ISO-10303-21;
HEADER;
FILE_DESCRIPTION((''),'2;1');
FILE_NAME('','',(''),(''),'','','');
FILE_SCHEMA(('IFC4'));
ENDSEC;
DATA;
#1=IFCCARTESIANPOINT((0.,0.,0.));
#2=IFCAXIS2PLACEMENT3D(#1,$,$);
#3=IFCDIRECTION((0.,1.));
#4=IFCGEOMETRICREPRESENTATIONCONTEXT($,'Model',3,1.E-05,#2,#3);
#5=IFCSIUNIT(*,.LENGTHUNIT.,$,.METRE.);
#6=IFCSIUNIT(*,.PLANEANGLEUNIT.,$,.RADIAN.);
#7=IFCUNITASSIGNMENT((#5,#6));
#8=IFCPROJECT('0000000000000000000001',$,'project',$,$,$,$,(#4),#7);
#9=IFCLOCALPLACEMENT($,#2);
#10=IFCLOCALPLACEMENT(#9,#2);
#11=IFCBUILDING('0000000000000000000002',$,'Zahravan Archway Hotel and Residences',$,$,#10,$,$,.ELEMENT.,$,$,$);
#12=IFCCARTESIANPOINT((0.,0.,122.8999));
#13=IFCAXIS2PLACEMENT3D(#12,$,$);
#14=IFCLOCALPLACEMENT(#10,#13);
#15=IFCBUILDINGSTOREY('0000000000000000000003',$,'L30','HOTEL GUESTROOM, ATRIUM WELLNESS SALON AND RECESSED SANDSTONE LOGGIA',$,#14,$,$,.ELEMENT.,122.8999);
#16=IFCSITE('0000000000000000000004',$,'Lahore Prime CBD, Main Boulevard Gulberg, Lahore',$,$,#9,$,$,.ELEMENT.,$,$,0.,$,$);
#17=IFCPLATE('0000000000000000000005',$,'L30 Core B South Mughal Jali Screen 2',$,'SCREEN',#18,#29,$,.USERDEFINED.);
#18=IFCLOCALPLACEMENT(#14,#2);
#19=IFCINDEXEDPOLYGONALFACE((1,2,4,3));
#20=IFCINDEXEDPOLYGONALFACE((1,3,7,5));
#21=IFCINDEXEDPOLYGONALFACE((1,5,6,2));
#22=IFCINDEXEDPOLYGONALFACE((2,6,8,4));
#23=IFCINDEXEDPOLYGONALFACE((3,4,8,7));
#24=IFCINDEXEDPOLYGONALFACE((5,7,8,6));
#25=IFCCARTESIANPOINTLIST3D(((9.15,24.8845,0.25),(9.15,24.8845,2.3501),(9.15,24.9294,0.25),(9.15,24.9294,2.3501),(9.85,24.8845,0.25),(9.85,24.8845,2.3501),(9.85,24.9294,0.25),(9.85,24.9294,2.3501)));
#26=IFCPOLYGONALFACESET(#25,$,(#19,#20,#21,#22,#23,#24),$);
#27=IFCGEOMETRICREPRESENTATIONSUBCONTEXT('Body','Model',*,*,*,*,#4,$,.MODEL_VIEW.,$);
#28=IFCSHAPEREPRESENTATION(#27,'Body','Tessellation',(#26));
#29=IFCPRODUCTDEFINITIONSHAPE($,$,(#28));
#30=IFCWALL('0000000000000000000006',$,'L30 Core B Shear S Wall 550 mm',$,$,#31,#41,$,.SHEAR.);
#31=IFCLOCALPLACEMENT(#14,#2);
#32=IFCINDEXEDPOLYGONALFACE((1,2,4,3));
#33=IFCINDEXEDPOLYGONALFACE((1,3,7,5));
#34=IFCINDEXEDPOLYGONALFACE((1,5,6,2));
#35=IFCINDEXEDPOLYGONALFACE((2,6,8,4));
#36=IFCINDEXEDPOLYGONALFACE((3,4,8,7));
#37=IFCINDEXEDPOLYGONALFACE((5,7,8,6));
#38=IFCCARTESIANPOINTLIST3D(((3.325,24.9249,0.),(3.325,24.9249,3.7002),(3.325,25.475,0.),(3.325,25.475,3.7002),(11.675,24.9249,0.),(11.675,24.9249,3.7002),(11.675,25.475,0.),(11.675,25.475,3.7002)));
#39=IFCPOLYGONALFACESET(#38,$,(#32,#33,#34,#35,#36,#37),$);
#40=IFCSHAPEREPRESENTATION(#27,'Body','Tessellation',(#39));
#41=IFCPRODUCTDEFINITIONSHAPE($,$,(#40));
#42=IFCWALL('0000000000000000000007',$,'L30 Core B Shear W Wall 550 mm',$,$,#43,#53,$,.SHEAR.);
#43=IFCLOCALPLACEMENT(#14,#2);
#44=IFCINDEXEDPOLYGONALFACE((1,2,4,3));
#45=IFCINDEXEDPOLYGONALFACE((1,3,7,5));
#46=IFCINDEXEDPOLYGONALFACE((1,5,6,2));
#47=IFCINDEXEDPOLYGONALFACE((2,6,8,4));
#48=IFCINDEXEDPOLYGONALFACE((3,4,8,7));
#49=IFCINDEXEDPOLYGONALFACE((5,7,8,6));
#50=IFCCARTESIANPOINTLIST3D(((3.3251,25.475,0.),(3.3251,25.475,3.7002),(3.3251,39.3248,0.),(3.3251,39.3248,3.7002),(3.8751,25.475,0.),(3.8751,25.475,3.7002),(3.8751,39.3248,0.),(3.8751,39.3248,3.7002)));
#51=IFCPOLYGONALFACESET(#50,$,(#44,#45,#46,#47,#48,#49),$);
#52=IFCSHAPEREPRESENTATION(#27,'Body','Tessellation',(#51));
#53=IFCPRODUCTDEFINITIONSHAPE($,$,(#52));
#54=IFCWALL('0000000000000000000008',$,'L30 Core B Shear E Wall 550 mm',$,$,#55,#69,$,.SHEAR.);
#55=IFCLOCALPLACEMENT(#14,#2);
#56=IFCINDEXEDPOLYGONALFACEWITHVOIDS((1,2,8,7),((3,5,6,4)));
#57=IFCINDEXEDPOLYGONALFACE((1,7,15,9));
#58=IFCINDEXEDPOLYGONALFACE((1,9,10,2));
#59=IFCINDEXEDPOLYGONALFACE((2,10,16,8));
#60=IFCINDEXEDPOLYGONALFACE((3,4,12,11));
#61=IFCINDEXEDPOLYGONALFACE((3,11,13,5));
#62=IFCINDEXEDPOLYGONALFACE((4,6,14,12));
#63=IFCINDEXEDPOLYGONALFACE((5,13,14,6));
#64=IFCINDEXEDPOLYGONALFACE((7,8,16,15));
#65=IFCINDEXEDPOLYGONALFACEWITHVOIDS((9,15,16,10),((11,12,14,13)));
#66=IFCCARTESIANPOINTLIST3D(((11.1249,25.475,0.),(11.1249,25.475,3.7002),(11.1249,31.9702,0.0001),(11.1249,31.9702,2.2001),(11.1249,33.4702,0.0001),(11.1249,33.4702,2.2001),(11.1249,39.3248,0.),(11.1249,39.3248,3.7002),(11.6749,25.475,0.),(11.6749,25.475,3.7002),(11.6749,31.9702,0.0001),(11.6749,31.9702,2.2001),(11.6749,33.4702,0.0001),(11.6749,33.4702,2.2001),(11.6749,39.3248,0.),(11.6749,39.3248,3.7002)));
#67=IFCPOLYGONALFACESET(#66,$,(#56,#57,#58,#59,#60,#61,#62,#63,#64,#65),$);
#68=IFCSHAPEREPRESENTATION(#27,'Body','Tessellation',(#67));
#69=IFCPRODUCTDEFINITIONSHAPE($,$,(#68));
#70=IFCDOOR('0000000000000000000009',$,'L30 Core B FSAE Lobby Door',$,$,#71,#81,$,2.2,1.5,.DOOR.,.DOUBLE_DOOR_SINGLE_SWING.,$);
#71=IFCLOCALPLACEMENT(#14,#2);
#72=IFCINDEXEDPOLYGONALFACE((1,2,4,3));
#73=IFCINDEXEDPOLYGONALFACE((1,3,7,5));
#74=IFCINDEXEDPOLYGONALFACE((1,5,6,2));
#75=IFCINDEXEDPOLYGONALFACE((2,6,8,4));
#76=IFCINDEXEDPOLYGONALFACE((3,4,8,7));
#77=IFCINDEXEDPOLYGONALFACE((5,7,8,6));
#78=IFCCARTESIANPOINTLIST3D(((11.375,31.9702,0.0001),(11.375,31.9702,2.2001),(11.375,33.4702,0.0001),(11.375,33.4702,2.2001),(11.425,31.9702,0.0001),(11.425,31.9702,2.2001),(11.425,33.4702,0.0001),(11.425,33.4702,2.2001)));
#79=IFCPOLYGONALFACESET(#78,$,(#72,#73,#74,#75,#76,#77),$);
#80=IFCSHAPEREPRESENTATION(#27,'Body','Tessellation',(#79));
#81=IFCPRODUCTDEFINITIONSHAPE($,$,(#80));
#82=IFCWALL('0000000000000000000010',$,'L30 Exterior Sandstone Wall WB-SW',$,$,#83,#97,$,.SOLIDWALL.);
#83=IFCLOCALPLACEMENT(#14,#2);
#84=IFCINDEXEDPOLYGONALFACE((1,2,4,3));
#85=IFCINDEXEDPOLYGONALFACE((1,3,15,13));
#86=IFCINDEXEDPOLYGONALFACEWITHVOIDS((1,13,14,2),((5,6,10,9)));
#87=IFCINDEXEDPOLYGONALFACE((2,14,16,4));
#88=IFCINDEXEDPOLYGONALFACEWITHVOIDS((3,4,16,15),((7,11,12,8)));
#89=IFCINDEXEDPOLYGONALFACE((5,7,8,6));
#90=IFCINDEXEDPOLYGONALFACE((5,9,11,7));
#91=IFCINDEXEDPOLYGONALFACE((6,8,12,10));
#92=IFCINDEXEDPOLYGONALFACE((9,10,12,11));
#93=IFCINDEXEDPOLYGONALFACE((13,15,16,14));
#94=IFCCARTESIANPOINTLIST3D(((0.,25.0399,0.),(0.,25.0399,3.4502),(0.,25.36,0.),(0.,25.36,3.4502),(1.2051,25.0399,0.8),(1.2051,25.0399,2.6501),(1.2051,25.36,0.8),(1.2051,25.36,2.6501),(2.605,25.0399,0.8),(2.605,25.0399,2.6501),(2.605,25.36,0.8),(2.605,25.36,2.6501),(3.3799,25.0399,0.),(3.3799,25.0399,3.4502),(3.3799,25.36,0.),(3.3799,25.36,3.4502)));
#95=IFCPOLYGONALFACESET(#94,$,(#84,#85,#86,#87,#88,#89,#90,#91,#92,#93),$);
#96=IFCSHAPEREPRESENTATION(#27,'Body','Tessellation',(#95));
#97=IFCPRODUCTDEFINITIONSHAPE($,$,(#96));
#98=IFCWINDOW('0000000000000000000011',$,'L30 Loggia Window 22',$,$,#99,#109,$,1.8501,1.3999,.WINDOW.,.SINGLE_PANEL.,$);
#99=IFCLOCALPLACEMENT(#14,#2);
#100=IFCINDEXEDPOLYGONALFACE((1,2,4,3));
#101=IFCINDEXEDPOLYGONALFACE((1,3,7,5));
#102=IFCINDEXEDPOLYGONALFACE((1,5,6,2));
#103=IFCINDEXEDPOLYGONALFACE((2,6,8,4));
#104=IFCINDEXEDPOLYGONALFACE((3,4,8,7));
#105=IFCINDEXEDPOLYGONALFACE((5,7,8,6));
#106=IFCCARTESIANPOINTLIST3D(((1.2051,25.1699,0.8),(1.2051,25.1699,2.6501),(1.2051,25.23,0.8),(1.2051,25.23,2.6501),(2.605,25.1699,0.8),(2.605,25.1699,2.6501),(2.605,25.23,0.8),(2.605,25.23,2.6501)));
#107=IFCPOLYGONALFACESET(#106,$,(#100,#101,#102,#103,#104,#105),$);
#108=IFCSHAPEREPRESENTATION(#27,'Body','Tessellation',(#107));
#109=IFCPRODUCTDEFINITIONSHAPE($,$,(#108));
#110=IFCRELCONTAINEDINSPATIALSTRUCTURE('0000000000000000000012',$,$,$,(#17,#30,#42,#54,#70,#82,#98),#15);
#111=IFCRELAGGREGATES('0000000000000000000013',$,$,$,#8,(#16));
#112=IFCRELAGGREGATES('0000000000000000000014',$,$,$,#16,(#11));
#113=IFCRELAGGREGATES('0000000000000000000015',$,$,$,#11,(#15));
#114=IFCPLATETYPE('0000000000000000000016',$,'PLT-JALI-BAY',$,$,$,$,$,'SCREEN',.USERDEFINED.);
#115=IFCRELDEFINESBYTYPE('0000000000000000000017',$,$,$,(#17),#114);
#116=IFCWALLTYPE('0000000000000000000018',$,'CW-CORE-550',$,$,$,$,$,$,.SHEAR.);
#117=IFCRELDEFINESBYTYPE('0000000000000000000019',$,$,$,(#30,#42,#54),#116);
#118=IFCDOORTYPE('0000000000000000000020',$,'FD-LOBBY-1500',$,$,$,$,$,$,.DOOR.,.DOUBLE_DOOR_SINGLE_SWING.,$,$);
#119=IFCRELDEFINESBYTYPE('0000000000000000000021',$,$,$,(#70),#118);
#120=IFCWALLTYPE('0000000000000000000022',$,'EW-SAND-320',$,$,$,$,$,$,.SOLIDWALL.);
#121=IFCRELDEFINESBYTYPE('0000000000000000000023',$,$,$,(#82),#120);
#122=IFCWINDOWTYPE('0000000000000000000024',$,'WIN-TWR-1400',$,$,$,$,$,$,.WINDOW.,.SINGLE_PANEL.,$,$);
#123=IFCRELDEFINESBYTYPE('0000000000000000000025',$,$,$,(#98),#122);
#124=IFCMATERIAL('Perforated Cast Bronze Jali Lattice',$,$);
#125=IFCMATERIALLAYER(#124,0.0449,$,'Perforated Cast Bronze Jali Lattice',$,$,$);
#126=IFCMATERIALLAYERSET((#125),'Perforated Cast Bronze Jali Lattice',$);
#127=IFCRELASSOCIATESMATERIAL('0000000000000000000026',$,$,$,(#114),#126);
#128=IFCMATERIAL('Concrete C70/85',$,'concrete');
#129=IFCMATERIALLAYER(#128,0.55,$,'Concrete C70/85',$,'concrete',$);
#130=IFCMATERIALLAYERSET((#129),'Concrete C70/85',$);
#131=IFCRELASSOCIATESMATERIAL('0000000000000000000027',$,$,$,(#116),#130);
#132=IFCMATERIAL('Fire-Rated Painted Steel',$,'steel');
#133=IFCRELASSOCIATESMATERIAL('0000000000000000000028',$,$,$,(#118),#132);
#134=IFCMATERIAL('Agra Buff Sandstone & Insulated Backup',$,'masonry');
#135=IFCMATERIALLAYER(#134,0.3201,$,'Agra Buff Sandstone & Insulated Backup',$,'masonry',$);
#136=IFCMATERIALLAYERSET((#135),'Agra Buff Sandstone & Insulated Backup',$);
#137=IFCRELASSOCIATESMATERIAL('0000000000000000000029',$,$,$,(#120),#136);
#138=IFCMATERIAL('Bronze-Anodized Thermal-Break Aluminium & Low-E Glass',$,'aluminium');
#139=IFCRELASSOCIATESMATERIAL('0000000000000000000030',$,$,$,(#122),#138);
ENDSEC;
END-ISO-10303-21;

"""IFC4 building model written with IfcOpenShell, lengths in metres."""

from ifc_helpers import new_model, si_unit, direction, frame, frame_2d, origin, origin_2d, place, context, subcontext, project, spatial, rectangle, extrude, source, transform, mapped, material, layer, layer_set, type_object, type_shapes, element, fill, save


model = new_model("IFC4")

# Units and contexts
model_context = context("Model", 3, precision=1e-05, world=origin(), true_north=direction((0.0, 1.0)))
body_context = subcontext(model_context, "Body", "Model", "MODEL_VIEW")
ifc_project = project(units=[si_unit("LENGTHUNIT", "METRE"), si_unit("PLANEANGLEUNIT", "RADIAN")], contexts=[model_context])

# Site, building, storey
site_placement = place(None, origin())
site = spatial("IfcSite", under=ifc_project, at=site_placement, Name="Lahore Prime CBD, Main Boulevard Gulberg, Lahore", CompositionType="ELEMENT", RefElevation=0.0)
building_placement = place(site_placement, origin())
building = spatial("IfcBuilding", under=site, at=building_placement, Name="Zahravan Archway Hotel and Residences", CompositionType="ELEMENT")
storey_placement = place(building_placement, frame((0.0, 0.0, 122.8999)))
storey = spatial("IfcBuildingStorey", under=building, at=storey_placement, Name="L30", Description="HOTEL GUESTROOM, ATRIUM WELLNESS SALON AND RECESSED SANDSTONE LOGGIA", CompositionType="ELEMENT", Elevation=122.8999)

# Plate
ifc_material_1 = material(Name="Perforated Cast Bronze Jali Lattice")
ifc_layer_1 = layer(ifc_material_1, 0.0449, Name="Perforated Cast Bronze Jali Lattice")
ifc_layer_set_1 = layer_set([ifc_layer_1], Name="Perforated Cast Bronze Jali Lattice")
plate_type = type_object("IfcPlateType", Name="PLT-JALI-BAY", ElementType="SCREEN", PredefinedType="USERDEFINED", material=ifc_layer_set_1)
shared_shape_1 = source(origin(), body_context, "Body", "SweptSolid", [
    extrude(rectangle(XDim=0.7, YDim=0.0449, at=origin_2d()), origin(), (0.0, 0.0, 1.0), 2.1001),
])
type_shapes(plate_type, [shared_shape_1])
for number, where, z_axis, x_axis, name in (
    (1, (9.5, 24.907, 0.25), (0.0, 0.0, 1.0), (1.0, 0.0, 0.0), "L30 Core B South Mughal Jali Screen 2"),
):
    element("IfcPlate", number, at=place(storey_placement, frame(where, z_axis=z_axis, x_axis=x_axis)), inside=storey, type_object=plate_type, Name=name, ObjectType="SCREEN", PredefinedType="USERDEFINED", context=body_context, shape_type="MappedRepresentation", body=[
        mapped(shared_shape_1, transform((0.0, 0.0, 0.0), scale=1.0)),
    ])

# Walls
ifc_material_2 = material(Name="Concrete C70/85", Category="concrete")
ifc_layer_2 = layer(ifc_material_2, 0.55, Name="Concrete C70/85", Category="concrete")
ifc_layer_set_2 = layer_set([ifc_layer_2], Name="Concrete C70/85")
wall_type_1 = type_object("IfcWallType", Name="CW-CORE-550", PredefinedType="SHEAR", material=ifc_layer_set_2)
wall_1_placement = place(storey_placement, frame((3.325, 25.2, 0.0), z_axis=(0.0, 0.0, 1.0), x_axis=(1.0, 0.0, 0.0)))
element("IfcWall", 2, at=wall_1_placement, inside=storey, type_object=wall_type_1, Name="L30 Core B Shear S Wall 550 mm", PredefinedType="SHEAR", context=body_context, shape_type="SweptSolid", body=[
    extrude(rectangle(XDim=8.3501, YDim=0.55, at=frame_2d((4.175, 0.0))), origin(), (0.0, 0.0, 1.0), 3.7002),
])
wall_2_placement = place(storey_placement, frame((3.6001, 25.4751, 0.0), z_axis=(0.0, 0.0, 1.0), x_axis=(0.0, 1.0, 0.0)))
element("IfcWall", 3, at=wall_2_placement, inside=storey, type_object=wall_type_1, Name="L30 Core B Shear W Wall 550 mm", PredefinedType="SHEAR", context=body_context, shape_type="SweptSolid", body=[
    extrude(rectangle(XDim=13.8499, YDim=0.55, at=frame_2d((6.9248, 0.0))), origin(), (0.0, 0.0, 1.0), 3.7002),
])

# Wall, opening, door
wall_3_placement = place(storey_placement, frame((11.3999, 25.4751, 0.0), z_axis=(0.0, 0.0, 1.0), x_axis=(0.0, 1.0, 0.0)))
wall_3 = element("IfcWall", 4, at=wall_3_placement, inside=storey, type_object=wall_type_1, Name="L30 Core B Shear E Wall 550 mm", PredefinedType="SHEAR", context=body_context, shape_type="SweptSolid", body=[
    extrude(rectangle(XDim=13.8499, YDim=0.55, at=frame_2d((6.9248, 0.0))), origin(), (0.0, 0.0, 1.0), 3.7002),
])
opening_1_placement = place(wall_3_placement, frame((6.4951, 0.0, 0.0)))
opening_1 = element("IfcOpeningElement", 5, at=opening_1_placement, cuts=wall_3, PredefinedType="OPENING", context=body_context, shape_type="SweptSolid", body=[
    extrude(rectangle(XDim=1.5, YDim=2.2, at=frame_2d((0.75, 1.1001))), frame((0.0, 0.2852, 0.0), z_axis=(0.0, -1.0, 0.0), x_axis=(1.0, 0.0, 0.0)), (0.0, 0.0, 1.0), 0.5701),
])
ifc_material_3 = material(Name="Fire-Rated Painted Steel", Category="steel")
door_type_1 = type_object("IfcDoorType", Name="FD-LOBBY-1500", OperationType="DOUBLE_DOOR_SINGLE_SWING", PredefinedType="DOOR", material=ifc_material_3)
shared_shape_2 = source(origin(), body_context, "Body", "SweptSolid", [
    extrude(rectangle(XDim=1.5, YDim=2.2, at=frame_2d((0.75, 1.1001))), frame((0.0, 0.0249, 0.0), z_axis=(0.0, -1.0, 0.0), x_axis=(1.0, 0.0, 0.0)), (0.0, 0.0, 1.0), 0.05),
])
type_shapes(door_type_1, [shared_shape_2])
door_1_placement = place(opening_1_placement, origin())
door_1 = element("IfcDoor", 6, at=door_1_placement, inside=storey, type_object=door_type_1, Name="L30 Core B FSAE Lobby Door", OperationType="DOUBLE_DOOR_SINGLE_SWING", OverallHeight=2.2, OverallWidth=1.5, PredefinedType="DOOR", context=body_context, shape_type="MappedRepresentation", body=[
    mapped(shared_shape_2, transform((0.0, 0.0, 0.0), scale=1.0)),
])
fill(opening_1, door_1)

# Wall, opening, window
ifc_material_4 = material(Name="Agra Buff Sandstone & Insulated Backup", Category="masonry")
ifc_layer_3 = layer(ifc_material_4, 0.3201, Name="Agra Buff Sandstone & Insulated Backup", Category="masonry")
ifc_layer_set_3 = layer_set([ifc_layer_3], Name="Agra Buff Sandstone & Insulated Backup")
wall_type_2 = type_object("IfcWallType", Name="EW-SAND-320", PredefinedType="SOLIDWALL", material=ifc_layer_set_3)
wall_4_placement = place(storey_placement, frame((0.0, 25.2, 0.0), z_axis=(0.0, 0.0, 1.0), x_axis=(1.0, 0.0, 0.0)))
wall_4 = element("IfcWall", 7, at=wall_4_placement, inside=storey, type_object=wall_type_2, Name="L30 Exterior Sandstone Wall WB-SW", PredefinedType="SOLIDWALL", context=body_context, shape_type="SweptSolid", body=[
    extrude(rectangle(XDim=3.3799, YDim=0.3201, at=frame_2d((1.6899, 0.0))), origin(), (0.0, 0.0, 1.0), 3.4502),
])
opening_2_placement = place(wall_4_placement, frame((1.2051, 0.0, 0.8)))
opening_2 = element("IfcOpeningElement", 8, at=opening_2_placement, cuts=wall_4, PredefinedType="OPENING", context=body_context, shape_type="SweptSolid", body=[
    extrude(rectangle(XDim=1.3999, YDim=1.8501, at=frame_2d((0.7, 0.925))), frame((0.0, 0.1699, 0.0), z_axis=(0.0, -1.0, 0.0), x_axis=(1.0, 0.0, 0.0)), (0.0, 0.0, 1.0), 0.3401),
])
ifc_material_5 = material(Name="Bronze-Anodized Thermal-Break Aluminium & Low-E Glass", Category="aluminium")
window_type_1 = type_object("IfcWindowType", Name="WIN-TWR-1400", PartitioningType="SINGLE_PANEL", PredefinedType="WINDOW", material=ifc_material_5)
shared_shape_3 = source(origin(), body_context, "Body", "SweptSolid", [
    extrude(rectangle(XDim=1.3999, YDim=1.8501, at=frame_2d((0.7, 0.925))), frame((0.0, 0.03, 0.0), z_axis=(0.0, -1.0, 0.0), x_axis=(1.0, 0.0, 0.0)), (0.0, 0.0, 1.0), 0.0601),
])
type_shapes(window_type_1, [shared_shape_3])
window_1_placement = place(opening_2_placement, origin())
window_1 = element("IfcWindow", 9, at=window_1_placement, inside=storey, type_object=window_type_1, Name="L30 Loggia Window 22", OverallHeight=1.8501, OverallWidth=1.3999, PartitioningType="SINGLE_PANEL", PredefinedType="WINDOW", context=body_context, shape_type="MappedRepresentation", body=[
    mapped(shared_shape_3, transform((0.0, 0.0, 0.0), scale=1.0)),
])
fill(opening_2, window_1)

save(model, "model.ifc")
